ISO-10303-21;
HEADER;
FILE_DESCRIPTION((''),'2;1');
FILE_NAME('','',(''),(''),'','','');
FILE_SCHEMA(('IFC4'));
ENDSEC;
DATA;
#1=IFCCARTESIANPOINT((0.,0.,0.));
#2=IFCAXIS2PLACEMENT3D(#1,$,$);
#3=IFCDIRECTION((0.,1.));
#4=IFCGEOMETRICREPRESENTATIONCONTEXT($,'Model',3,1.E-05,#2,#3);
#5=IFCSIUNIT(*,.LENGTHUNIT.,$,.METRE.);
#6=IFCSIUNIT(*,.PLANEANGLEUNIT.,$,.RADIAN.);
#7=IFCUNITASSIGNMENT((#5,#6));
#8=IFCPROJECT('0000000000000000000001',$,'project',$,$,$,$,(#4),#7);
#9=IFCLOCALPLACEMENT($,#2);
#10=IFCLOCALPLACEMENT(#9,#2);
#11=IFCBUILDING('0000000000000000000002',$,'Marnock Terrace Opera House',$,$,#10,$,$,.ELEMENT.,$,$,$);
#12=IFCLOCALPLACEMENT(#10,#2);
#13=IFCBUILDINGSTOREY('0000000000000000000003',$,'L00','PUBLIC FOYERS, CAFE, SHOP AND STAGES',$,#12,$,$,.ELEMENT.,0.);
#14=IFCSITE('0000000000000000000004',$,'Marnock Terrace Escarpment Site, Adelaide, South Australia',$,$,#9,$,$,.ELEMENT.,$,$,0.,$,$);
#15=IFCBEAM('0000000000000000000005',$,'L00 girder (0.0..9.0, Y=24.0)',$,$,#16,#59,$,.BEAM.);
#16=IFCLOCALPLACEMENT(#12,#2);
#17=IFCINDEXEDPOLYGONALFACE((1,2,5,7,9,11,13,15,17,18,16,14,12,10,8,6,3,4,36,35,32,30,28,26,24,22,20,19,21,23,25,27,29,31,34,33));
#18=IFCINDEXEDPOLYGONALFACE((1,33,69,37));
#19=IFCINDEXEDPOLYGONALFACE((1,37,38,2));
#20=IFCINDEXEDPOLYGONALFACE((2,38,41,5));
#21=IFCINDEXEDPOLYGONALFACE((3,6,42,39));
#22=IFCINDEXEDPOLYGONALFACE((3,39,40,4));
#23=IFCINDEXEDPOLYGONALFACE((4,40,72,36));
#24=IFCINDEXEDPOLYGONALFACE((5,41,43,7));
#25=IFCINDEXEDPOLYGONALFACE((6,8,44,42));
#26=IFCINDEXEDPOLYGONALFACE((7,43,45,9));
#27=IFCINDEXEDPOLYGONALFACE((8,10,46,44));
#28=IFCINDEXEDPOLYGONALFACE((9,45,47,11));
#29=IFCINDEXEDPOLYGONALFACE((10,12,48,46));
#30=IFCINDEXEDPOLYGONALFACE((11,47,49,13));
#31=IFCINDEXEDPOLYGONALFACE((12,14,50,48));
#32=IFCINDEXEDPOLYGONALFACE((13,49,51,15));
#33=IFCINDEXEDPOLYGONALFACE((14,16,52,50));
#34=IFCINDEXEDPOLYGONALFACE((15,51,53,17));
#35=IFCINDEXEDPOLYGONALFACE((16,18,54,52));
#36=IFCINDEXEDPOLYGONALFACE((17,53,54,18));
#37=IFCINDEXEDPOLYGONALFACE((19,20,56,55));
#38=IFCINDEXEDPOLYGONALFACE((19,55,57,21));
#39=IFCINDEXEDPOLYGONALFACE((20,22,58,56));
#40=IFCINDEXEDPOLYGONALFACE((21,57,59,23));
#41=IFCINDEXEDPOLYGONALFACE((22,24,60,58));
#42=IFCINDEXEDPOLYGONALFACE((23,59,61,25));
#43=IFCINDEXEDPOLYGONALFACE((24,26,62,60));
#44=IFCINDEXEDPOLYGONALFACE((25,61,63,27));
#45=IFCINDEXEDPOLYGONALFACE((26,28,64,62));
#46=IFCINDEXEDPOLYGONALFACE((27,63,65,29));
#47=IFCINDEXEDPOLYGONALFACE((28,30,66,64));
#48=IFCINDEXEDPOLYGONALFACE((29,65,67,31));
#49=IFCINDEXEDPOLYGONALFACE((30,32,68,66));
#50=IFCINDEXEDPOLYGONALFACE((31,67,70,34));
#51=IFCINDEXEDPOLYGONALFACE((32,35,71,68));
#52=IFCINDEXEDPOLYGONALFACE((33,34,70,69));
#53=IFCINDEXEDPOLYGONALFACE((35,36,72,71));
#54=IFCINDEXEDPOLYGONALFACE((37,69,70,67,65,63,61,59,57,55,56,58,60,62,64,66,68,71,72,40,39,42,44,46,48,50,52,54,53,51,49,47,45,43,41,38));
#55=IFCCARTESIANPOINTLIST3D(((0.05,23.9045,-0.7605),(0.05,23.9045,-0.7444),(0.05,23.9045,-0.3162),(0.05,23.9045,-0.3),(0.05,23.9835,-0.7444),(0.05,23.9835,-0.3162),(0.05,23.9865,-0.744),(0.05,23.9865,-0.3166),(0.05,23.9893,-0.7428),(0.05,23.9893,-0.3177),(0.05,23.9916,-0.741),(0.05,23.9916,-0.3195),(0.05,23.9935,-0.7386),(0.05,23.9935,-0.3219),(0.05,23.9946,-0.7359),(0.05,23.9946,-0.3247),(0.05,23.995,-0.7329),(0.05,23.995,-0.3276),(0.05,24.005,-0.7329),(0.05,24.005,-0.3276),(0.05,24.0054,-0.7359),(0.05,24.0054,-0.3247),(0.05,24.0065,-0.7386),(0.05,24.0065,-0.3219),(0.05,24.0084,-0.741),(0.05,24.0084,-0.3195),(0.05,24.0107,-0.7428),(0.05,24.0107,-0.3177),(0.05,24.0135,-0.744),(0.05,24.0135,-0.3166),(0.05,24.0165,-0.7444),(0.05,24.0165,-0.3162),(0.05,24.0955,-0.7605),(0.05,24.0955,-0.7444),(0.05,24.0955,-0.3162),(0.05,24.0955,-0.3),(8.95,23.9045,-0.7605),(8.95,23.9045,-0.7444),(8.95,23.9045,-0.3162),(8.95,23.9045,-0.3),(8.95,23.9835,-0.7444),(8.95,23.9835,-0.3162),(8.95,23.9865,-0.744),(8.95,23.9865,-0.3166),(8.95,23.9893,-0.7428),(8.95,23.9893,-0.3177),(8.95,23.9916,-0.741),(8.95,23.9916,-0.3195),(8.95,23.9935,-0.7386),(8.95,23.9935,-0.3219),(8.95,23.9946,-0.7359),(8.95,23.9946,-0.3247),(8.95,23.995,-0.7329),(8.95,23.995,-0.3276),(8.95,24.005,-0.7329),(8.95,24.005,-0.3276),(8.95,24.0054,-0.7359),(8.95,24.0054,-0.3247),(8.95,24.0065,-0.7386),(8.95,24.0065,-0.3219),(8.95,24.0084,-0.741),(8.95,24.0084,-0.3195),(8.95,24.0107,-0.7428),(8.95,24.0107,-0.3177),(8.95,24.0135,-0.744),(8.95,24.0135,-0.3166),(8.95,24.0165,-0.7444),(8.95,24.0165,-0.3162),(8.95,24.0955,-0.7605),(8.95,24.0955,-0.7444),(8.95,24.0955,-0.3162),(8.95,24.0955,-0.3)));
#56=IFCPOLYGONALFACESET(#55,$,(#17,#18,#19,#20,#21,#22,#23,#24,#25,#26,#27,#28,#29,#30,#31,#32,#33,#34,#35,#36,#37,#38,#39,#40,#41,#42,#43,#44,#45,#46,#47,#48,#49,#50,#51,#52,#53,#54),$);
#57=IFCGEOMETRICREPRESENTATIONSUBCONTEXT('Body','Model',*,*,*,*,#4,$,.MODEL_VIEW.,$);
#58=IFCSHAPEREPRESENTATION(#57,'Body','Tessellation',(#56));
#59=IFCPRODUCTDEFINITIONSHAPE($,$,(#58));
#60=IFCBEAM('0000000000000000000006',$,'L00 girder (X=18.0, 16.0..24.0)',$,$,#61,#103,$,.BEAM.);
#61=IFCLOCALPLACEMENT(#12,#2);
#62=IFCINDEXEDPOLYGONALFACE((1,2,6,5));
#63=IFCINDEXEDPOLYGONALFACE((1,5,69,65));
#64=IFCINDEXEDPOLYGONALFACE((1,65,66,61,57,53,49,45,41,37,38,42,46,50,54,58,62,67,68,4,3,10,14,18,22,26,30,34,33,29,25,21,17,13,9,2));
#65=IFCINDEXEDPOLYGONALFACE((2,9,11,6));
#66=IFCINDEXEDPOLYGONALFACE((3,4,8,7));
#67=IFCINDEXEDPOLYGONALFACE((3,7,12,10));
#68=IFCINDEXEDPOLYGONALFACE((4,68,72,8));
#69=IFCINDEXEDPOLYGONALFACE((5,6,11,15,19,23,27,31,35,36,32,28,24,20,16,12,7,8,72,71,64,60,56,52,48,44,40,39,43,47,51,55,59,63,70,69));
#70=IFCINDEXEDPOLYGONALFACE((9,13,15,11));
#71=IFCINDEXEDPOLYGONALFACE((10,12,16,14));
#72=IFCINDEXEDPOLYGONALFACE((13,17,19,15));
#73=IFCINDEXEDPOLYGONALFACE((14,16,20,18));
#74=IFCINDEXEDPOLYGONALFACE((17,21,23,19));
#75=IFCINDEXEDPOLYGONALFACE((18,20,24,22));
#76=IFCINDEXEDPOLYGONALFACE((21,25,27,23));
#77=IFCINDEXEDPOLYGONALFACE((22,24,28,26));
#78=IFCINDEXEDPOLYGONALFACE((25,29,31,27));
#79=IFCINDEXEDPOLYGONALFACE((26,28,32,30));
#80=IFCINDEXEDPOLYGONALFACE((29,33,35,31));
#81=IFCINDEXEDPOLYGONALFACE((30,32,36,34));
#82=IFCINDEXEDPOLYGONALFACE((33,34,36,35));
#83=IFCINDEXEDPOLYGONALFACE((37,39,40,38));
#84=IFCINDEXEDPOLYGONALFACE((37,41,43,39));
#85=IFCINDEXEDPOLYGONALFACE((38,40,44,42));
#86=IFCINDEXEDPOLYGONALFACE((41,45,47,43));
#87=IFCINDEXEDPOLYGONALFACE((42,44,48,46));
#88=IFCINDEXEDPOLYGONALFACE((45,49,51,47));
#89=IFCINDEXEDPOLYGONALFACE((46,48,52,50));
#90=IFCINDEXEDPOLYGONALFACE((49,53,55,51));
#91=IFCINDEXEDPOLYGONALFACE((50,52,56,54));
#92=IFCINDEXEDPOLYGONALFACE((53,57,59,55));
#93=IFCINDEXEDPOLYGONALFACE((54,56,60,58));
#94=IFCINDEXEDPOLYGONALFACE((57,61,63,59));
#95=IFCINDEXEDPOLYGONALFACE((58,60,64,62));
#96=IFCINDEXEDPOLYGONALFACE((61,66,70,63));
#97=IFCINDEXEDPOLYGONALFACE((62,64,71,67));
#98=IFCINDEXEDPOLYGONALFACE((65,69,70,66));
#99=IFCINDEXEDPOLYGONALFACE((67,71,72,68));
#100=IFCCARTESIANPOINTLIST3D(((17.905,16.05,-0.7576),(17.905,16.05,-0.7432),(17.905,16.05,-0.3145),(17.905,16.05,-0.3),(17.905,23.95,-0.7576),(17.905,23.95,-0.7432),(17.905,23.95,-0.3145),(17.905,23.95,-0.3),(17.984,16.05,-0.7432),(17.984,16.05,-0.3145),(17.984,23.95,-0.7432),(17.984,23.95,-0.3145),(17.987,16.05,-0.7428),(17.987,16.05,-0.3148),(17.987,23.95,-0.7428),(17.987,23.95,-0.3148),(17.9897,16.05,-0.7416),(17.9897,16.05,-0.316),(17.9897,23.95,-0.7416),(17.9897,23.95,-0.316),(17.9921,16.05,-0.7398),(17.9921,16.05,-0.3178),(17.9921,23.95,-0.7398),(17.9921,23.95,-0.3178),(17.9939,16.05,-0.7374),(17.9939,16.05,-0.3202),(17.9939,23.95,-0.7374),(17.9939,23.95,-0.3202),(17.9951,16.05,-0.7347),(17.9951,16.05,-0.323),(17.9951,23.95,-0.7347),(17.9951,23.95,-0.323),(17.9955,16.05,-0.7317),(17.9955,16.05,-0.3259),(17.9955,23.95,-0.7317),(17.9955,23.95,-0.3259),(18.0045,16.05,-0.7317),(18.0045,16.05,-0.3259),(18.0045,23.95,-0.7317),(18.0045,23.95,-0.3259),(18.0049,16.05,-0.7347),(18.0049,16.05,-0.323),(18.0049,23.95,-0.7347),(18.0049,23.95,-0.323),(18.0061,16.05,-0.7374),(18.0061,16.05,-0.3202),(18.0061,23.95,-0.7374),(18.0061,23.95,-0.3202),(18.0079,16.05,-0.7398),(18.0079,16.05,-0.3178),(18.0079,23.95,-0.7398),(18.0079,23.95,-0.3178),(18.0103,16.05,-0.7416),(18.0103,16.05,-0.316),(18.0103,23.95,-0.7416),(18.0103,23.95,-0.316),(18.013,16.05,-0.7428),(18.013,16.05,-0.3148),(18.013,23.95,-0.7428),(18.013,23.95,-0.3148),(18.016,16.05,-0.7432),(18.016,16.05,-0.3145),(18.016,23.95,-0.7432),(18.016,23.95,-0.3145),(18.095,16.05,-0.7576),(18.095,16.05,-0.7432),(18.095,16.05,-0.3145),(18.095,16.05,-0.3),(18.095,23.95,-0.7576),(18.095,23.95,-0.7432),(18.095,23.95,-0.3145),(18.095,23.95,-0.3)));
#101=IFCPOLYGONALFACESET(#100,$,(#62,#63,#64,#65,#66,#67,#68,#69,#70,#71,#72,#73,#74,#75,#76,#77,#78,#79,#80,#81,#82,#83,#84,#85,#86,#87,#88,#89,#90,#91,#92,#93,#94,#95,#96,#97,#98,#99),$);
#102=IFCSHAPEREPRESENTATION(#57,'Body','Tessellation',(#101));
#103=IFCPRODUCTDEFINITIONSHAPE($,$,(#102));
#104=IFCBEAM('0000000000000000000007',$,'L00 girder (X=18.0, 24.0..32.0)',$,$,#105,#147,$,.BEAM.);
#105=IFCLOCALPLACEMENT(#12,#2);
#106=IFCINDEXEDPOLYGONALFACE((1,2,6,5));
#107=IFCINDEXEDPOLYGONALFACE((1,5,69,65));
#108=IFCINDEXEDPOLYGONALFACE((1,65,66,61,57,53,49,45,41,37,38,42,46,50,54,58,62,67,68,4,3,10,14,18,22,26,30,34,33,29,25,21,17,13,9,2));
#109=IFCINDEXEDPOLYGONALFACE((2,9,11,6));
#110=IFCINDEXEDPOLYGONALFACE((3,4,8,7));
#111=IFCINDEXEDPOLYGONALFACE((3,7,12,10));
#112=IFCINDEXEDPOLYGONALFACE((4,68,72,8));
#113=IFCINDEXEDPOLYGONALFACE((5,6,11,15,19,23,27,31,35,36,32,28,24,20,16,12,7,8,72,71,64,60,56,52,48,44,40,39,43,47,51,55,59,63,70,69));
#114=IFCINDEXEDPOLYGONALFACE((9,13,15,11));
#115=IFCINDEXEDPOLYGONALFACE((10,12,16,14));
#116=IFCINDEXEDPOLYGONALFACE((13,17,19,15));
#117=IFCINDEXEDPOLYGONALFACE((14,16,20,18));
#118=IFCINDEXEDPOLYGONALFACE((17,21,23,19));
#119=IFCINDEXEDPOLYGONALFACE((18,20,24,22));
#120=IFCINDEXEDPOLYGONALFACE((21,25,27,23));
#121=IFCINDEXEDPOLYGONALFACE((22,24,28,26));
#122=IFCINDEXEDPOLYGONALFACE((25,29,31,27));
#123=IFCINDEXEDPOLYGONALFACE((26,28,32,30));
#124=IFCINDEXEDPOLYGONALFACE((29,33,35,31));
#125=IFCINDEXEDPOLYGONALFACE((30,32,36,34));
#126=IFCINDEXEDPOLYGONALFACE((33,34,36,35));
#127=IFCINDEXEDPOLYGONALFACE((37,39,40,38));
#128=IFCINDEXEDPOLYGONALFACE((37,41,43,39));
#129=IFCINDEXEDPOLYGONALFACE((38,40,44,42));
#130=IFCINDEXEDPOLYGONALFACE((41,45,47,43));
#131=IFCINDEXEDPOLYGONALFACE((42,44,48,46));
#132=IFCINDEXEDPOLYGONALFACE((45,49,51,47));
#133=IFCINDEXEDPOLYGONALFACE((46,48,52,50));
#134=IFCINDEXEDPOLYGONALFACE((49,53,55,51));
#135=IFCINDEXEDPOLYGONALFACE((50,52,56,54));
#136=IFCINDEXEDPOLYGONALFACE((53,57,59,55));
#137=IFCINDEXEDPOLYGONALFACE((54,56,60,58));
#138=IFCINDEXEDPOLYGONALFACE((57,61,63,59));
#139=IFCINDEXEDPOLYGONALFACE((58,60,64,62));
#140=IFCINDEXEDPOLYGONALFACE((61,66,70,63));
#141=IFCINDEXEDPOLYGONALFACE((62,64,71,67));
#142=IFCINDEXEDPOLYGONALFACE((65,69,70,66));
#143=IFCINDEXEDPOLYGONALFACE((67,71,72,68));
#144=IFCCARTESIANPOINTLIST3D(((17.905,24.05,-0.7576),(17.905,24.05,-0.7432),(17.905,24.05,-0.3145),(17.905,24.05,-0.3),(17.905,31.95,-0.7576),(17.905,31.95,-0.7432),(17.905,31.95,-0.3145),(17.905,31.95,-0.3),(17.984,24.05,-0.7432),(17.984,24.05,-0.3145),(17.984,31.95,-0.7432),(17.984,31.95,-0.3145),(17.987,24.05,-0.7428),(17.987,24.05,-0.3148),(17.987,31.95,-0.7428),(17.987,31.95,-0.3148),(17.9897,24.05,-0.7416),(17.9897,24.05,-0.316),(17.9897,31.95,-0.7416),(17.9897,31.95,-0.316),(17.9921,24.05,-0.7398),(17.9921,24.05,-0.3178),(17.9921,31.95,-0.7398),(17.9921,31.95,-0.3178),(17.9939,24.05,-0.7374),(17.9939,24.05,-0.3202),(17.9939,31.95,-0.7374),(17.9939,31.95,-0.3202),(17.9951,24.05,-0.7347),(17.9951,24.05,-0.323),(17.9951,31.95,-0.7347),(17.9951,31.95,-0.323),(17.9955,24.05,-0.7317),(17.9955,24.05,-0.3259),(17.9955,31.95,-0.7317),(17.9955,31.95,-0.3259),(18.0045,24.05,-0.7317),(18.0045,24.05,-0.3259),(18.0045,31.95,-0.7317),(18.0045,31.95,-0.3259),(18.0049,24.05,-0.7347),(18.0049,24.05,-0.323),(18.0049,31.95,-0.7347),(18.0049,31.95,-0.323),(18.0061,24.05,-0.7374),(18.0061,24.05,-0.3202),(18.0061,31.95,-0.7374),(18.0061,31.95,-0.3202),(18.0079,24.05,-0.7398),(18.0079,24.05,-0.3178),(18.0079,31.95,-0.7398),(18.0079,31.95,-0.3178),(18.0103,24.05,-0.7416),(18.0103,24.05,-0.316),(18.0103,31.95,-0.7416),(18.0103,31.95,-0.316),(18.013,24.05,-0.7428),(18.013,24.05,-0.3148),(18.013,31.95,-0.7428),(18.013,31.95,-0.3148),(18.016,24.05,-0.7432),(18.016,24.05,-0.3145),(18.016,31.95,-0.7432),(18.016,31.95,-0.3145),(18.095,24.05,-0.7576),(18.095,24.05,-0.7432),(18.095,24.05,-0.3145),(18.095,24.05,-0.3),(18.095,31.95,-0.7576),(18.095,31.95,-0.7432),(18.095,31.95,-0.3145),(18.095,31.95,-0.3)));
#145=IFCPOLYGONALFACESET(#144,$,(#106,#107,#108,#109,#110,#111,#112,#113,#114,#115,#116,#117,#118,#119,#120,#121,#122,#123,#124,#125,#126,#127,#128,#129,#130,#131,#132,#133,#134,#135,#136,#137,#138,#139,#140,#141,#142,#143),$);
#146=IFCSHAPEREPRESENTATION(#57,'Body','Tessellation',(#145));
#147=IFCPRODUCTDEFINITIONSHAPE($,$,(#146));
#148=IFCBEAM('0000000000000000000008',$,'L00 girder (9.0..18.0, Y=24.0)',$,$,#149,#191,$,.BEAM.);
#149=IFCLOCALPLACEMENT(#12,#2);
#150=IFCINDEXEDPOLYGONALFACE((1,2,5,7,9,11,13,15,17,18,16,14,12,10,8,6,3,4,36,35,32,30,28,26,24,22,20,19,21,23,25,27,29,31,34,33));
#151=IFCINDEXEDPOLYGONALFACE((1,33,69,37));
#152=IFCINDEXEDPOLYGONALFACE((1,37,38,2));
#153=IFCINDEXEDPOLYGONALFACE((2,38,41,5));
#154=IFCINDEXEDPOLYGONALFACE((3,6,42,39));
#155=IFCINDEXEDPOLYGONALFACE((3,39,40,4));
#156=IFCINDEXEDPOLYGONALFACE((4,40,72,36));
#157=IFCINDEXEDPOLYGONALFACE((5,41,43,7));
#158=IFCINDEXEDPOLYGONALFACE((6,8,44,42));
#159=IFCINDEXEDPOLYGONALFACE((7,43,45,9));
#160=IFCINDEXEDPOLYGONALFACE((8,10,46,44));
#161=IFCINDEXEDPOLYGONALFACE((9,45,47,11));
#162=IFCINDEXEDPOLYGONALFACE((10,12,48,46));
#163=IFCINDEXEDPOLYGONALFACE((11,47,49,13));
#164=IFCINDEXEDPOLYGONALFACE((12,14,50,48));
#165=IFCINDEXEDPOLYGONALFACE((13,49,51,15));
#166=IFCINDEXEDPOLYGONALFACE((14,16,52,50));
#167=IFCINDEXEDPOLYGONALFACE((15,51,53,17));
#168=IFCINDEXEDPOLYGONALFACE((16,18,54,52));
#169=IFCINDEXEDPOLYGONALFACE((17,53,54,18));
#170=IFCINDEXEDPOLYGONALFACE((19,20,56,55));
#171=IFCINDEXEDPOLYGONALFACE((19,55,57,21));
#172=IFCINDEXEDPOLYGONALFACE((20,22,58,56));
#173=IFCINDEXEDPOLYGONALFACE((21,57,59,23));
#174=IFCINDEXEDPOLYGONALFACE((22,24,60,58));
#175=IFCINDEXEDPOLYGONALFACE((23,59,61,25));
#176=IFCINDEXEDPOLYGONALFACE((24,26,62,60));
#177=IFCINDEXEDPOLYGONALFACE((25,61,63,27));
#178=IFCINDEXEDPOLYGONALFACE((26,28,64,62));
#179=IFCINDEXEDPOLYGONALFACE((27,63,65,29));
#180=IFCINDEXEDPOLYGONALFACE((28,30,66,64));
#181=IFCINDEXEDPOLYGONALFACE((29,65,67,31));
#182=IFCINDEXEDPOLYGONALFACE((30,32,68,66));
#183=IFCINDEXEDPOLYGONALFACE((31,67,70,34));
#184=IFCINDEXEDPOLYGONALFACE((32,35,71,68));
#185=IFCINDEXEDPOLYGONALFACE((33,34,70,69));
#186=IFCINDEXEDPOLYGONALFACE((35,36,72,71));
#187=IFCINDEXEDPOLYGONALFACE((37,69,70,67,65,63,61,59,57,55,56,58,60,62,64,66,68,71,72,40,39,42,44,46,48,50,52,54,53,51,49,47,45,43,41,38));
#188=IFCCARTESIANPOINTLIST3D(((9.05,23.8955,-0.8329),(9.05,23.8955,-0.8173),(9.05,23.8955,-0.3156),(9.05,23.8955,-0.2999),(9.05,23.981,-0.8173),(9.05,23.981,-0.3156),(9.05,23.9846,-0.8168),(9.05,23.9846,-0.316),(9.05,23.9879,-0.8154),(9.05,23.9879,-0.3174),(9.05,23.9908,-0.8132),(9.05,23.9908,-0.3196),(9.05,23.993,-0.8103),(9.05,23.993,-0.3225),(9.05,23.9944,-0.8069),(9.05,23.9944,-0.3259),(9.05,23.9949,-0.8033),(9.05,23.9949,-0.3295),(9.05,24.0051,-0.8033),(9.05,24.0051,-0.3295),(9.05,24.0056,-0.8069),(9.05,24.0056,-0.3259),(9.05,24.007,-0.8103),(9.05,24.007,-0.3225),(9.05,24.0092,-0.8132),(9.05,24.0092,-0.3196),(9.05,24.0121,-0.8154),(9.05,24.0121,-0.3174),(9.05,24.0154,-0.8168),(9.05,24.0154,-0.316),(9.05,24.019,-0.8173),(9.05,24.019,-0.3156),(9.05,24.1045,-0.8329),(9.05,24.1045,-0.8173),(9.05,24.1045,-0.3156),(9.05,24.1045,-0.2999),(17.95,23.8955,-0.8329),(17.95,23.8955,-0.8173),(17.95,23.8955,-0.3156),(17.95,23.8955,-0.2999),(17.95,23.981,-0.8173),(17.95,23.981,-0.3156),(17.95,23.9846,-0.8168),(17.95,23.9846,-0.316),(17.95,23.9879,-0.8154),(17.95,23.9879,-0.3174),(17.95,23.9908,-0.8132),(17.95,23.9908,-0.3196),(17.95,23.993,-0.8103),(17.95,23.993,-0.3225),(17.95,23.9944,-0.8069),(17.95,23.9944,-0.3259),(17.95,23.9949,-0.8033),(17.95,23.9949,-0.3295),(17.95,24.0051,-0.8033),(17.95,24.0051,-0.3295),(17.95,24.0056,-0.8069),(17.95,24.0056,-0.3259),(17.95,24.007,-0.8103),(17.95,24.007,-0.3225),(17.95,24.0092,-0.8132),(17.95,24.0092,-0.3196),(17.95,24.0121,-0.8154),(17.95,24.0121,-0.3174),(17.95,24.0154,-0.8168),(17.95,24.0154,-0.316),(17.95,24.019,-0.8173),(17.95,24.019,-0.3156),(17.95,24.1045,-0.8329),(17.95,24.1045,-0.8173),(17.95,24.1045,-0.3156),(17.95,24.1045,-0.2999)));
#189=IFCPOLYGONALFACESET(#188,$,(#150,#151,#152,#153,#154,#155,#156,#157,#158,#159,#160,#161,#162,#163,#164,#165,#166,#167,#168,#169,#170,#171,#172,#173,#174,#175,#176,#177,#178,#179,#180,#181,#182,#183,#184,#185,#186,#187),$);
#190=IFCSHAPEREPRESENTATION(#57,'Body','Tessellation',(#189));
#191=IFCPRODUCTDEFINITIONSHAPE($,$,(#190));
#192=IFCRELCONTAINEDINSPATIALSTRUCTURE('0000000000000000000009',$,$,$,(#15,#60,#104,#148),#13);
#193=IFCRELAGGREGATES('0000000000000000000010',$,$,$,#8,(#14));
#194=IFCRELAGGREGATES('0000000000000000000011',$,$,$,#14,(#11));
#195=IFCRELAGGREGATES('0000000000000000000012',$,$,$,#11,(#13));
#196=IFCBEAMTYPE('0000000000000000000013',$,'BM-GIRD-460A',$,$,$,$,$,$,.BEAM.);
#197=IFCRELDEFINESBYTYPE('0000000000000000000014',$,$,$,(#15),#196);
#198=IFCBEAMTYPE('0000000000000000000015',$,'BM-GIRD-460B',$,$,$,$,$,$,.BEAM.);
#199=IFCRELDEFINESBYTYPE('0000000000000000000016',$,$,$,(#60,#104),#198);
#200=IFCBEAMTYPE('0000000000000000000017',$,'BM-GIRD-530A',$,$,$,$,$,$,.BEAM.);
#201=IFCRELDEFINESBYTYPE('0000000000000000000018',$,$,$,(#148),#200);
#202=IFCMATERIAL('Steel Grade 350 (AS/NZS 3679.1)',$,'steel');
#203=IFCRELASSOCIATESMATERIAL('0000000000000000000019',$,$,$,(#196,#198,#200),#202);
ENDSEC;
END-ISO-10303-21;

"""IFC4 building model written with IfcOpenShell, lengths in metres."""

from ifc_helpers import new_model, si_unit, direction, frame, origin, origin_2d, place, context, subcontext, project, spatial, i_section, extrude, material, material_profile, profile_set, type_object, element, save


model = new_model("IFC4")

# Units and contexts
model_context = context("Model", 3, precision=1e-05, world=origin(), true_north=direction((0.0, 1.0)))
body_context = subcontext(model_context, "Body", "Model", "MODEL_VIEW")
ifc_project = project(units=[si_unit("LENGTHUNIT", "METRE"), si_unit("PLANEANGLEUNIT", "RADIAN")], contexts=[model_context])

# Site, building, storey
site_placement = place(None, origin())
site = spatial("IfcSite", under=ifc_project, at=site_placement, Name="Marnock Terrace Escarpment Site, Adelaide, South Australia", CompositionType="ELEMENT", RefElevation=0.0)
building_placement = place(site_placement, origin())
building = spatial("IfcBuilding", under=site, at=building_placement, Name="Marnock Terrace Opera House", CompositionType="ELEMENT")
storey_placement = place(building_placement, origin())
storey = spatial("IfcBuildingStorey", under=building, at=storey_placement, Name="L00", Description="PUBLIC FOYERS, CAFE, SHOP AND STAGES", CompositionType="ELEMENT", Elevation=0.0)

# Shared definitions
ifc_material_1 = material(Name="Steel Grade 350 (AS/NZS 3679.1)", Category="steel")

# Beams
ifc_material_profile_1 = material_profile(ifc_material_1, i_section(OverallWidth=0.1909, OverallDepth=0.4604, WebThickness=0.01, FlangeThickness=0.0161, FilletRadius=0.0115, at=origin_2d()))
ifc_profile_set_1 = profile_set([ifc_material_profile_1], Name="Steel Grade 350 (AS/NZS 3679.1)")
beam_type_1 = type_object("IfcBeamType", Name="BM-GIRD-460A", PredefinedType="BEAM", material=ifc_profile_set_1)
beam_1_placement = place(storey_placement, frame((0.05, 24.0, -0.5303), z_axis=(1.0, 0.0, 0.0), x_axis=(0.0, 1.0, 0.0)))
element("IfcBeam", 1, at=beam_1_placement, inside=storey, type_object=beam_type_1, Name="L00 girder (0.0..9.0, Y=24.0)", PredefinedType="BEAM", context=body_context, shape_type="SweptSolid", body=[
    extrude(i_section(OverallWidth=0.1909, OverallDepth=0.4604, WebThickness=0.01, FlangeThickness=0.0161, FilletRadius=0.0115, at=origin_2d()), origin(), (0.0, 0.0, 1.0), 8.8999),
])
ifc_material_profile_2 = material_profile(ifc_material_1, i_section(OverallWidth=0.1899, OverallDepth=0.4575, WebThickness=0.009, FlangeThickness=0.0144, FilletRadius=0.0115, at=origin_2d()))
ifc_profile_set_2 = profile_set([ifc_material_profile_2], Name="Steel Grade 350 (AS/NZS 3679.1)")
beam_type_2 = type_object("IfcBeamType", Name="BM-GIRD-460B", PredefinedType="BEAM", material=ifc_profile_set_2)
for number, where, z_axis, x_axis, name in (
    (2, (18.0, 16.05, -0.5288), (0.0, 1.0, 0.0), (-1.0, 0.0, 0.0), "L00 girder (X=18.0, 16.0..24.0)"),
    (3, (18.0, 24.05, -0.5288), (0.0, 1.0, 0.0), (-1.0, 0.0, 0.0), "L00 girder (X=18.0, 24.0..32.0)"),
):
    element("IfcBeam", number, at=place(storey_placement, frame(where, z_axis=z_axis, x_axis=x_axis)), inside=storey, type_object=beam_type_2, Name=name, PredefinedType="BEAM", context=body_context, shape_type="SweptSolid", body=[
        extrude(i_section(OverallWidth=0.1899, OverallDepth=0.4575, WebThickness=0.009, FlangeThickness=0.0144, FilletRadius=0.0115, at=origin_2d()), origin(), (0.0, 0.0, 1.0), 7.8999),
    ])
ifc_material_profile_3 = material_profile(ifc_material_1, i_section(OverallWidth=0.209, OverallDepth=0.533, WebThickness=0.0103, FlangeThickness=0.0156, FilletRadius=0.0139, at=origin_2d()))
ifc_profile_set_3 = profile_set([ifc_material_profile_3], Name="Steel Grade 350 (AS/NZS 3679.1)")
beam_type_3 = type_object("IfcBeamType", Name="BM-GIRD-530A", PredefinedType="BEAM", material=ifc_profile_set_3)
beam_2_placement = place(storey_placement, frame((9.05, 24.0, -0.5664), z_axis=(1.0, 0.0, 0.0), x_axis=(0.0, 1.0, 0.0)))
element("IfcBeam", 4, at=beam_2_placement, inside=storey, type_object=beam_type_3, Name="L00 girder (9.0..18.0, Y=24.0)", PredefinedType="BEAM", context=body_context, shape_type="SweptSolid", body=[
    extrude(i_section(OverallWidth=0.209, OverallDepth=0.533, WebThickness=0.0103, FlangeThickness=0.0156, FilletRadius=0.0139, at=origin_2d()), origin(), (0.0, 0.0, 1.0), 8.8999),
])

save(model, "model.ifc")
